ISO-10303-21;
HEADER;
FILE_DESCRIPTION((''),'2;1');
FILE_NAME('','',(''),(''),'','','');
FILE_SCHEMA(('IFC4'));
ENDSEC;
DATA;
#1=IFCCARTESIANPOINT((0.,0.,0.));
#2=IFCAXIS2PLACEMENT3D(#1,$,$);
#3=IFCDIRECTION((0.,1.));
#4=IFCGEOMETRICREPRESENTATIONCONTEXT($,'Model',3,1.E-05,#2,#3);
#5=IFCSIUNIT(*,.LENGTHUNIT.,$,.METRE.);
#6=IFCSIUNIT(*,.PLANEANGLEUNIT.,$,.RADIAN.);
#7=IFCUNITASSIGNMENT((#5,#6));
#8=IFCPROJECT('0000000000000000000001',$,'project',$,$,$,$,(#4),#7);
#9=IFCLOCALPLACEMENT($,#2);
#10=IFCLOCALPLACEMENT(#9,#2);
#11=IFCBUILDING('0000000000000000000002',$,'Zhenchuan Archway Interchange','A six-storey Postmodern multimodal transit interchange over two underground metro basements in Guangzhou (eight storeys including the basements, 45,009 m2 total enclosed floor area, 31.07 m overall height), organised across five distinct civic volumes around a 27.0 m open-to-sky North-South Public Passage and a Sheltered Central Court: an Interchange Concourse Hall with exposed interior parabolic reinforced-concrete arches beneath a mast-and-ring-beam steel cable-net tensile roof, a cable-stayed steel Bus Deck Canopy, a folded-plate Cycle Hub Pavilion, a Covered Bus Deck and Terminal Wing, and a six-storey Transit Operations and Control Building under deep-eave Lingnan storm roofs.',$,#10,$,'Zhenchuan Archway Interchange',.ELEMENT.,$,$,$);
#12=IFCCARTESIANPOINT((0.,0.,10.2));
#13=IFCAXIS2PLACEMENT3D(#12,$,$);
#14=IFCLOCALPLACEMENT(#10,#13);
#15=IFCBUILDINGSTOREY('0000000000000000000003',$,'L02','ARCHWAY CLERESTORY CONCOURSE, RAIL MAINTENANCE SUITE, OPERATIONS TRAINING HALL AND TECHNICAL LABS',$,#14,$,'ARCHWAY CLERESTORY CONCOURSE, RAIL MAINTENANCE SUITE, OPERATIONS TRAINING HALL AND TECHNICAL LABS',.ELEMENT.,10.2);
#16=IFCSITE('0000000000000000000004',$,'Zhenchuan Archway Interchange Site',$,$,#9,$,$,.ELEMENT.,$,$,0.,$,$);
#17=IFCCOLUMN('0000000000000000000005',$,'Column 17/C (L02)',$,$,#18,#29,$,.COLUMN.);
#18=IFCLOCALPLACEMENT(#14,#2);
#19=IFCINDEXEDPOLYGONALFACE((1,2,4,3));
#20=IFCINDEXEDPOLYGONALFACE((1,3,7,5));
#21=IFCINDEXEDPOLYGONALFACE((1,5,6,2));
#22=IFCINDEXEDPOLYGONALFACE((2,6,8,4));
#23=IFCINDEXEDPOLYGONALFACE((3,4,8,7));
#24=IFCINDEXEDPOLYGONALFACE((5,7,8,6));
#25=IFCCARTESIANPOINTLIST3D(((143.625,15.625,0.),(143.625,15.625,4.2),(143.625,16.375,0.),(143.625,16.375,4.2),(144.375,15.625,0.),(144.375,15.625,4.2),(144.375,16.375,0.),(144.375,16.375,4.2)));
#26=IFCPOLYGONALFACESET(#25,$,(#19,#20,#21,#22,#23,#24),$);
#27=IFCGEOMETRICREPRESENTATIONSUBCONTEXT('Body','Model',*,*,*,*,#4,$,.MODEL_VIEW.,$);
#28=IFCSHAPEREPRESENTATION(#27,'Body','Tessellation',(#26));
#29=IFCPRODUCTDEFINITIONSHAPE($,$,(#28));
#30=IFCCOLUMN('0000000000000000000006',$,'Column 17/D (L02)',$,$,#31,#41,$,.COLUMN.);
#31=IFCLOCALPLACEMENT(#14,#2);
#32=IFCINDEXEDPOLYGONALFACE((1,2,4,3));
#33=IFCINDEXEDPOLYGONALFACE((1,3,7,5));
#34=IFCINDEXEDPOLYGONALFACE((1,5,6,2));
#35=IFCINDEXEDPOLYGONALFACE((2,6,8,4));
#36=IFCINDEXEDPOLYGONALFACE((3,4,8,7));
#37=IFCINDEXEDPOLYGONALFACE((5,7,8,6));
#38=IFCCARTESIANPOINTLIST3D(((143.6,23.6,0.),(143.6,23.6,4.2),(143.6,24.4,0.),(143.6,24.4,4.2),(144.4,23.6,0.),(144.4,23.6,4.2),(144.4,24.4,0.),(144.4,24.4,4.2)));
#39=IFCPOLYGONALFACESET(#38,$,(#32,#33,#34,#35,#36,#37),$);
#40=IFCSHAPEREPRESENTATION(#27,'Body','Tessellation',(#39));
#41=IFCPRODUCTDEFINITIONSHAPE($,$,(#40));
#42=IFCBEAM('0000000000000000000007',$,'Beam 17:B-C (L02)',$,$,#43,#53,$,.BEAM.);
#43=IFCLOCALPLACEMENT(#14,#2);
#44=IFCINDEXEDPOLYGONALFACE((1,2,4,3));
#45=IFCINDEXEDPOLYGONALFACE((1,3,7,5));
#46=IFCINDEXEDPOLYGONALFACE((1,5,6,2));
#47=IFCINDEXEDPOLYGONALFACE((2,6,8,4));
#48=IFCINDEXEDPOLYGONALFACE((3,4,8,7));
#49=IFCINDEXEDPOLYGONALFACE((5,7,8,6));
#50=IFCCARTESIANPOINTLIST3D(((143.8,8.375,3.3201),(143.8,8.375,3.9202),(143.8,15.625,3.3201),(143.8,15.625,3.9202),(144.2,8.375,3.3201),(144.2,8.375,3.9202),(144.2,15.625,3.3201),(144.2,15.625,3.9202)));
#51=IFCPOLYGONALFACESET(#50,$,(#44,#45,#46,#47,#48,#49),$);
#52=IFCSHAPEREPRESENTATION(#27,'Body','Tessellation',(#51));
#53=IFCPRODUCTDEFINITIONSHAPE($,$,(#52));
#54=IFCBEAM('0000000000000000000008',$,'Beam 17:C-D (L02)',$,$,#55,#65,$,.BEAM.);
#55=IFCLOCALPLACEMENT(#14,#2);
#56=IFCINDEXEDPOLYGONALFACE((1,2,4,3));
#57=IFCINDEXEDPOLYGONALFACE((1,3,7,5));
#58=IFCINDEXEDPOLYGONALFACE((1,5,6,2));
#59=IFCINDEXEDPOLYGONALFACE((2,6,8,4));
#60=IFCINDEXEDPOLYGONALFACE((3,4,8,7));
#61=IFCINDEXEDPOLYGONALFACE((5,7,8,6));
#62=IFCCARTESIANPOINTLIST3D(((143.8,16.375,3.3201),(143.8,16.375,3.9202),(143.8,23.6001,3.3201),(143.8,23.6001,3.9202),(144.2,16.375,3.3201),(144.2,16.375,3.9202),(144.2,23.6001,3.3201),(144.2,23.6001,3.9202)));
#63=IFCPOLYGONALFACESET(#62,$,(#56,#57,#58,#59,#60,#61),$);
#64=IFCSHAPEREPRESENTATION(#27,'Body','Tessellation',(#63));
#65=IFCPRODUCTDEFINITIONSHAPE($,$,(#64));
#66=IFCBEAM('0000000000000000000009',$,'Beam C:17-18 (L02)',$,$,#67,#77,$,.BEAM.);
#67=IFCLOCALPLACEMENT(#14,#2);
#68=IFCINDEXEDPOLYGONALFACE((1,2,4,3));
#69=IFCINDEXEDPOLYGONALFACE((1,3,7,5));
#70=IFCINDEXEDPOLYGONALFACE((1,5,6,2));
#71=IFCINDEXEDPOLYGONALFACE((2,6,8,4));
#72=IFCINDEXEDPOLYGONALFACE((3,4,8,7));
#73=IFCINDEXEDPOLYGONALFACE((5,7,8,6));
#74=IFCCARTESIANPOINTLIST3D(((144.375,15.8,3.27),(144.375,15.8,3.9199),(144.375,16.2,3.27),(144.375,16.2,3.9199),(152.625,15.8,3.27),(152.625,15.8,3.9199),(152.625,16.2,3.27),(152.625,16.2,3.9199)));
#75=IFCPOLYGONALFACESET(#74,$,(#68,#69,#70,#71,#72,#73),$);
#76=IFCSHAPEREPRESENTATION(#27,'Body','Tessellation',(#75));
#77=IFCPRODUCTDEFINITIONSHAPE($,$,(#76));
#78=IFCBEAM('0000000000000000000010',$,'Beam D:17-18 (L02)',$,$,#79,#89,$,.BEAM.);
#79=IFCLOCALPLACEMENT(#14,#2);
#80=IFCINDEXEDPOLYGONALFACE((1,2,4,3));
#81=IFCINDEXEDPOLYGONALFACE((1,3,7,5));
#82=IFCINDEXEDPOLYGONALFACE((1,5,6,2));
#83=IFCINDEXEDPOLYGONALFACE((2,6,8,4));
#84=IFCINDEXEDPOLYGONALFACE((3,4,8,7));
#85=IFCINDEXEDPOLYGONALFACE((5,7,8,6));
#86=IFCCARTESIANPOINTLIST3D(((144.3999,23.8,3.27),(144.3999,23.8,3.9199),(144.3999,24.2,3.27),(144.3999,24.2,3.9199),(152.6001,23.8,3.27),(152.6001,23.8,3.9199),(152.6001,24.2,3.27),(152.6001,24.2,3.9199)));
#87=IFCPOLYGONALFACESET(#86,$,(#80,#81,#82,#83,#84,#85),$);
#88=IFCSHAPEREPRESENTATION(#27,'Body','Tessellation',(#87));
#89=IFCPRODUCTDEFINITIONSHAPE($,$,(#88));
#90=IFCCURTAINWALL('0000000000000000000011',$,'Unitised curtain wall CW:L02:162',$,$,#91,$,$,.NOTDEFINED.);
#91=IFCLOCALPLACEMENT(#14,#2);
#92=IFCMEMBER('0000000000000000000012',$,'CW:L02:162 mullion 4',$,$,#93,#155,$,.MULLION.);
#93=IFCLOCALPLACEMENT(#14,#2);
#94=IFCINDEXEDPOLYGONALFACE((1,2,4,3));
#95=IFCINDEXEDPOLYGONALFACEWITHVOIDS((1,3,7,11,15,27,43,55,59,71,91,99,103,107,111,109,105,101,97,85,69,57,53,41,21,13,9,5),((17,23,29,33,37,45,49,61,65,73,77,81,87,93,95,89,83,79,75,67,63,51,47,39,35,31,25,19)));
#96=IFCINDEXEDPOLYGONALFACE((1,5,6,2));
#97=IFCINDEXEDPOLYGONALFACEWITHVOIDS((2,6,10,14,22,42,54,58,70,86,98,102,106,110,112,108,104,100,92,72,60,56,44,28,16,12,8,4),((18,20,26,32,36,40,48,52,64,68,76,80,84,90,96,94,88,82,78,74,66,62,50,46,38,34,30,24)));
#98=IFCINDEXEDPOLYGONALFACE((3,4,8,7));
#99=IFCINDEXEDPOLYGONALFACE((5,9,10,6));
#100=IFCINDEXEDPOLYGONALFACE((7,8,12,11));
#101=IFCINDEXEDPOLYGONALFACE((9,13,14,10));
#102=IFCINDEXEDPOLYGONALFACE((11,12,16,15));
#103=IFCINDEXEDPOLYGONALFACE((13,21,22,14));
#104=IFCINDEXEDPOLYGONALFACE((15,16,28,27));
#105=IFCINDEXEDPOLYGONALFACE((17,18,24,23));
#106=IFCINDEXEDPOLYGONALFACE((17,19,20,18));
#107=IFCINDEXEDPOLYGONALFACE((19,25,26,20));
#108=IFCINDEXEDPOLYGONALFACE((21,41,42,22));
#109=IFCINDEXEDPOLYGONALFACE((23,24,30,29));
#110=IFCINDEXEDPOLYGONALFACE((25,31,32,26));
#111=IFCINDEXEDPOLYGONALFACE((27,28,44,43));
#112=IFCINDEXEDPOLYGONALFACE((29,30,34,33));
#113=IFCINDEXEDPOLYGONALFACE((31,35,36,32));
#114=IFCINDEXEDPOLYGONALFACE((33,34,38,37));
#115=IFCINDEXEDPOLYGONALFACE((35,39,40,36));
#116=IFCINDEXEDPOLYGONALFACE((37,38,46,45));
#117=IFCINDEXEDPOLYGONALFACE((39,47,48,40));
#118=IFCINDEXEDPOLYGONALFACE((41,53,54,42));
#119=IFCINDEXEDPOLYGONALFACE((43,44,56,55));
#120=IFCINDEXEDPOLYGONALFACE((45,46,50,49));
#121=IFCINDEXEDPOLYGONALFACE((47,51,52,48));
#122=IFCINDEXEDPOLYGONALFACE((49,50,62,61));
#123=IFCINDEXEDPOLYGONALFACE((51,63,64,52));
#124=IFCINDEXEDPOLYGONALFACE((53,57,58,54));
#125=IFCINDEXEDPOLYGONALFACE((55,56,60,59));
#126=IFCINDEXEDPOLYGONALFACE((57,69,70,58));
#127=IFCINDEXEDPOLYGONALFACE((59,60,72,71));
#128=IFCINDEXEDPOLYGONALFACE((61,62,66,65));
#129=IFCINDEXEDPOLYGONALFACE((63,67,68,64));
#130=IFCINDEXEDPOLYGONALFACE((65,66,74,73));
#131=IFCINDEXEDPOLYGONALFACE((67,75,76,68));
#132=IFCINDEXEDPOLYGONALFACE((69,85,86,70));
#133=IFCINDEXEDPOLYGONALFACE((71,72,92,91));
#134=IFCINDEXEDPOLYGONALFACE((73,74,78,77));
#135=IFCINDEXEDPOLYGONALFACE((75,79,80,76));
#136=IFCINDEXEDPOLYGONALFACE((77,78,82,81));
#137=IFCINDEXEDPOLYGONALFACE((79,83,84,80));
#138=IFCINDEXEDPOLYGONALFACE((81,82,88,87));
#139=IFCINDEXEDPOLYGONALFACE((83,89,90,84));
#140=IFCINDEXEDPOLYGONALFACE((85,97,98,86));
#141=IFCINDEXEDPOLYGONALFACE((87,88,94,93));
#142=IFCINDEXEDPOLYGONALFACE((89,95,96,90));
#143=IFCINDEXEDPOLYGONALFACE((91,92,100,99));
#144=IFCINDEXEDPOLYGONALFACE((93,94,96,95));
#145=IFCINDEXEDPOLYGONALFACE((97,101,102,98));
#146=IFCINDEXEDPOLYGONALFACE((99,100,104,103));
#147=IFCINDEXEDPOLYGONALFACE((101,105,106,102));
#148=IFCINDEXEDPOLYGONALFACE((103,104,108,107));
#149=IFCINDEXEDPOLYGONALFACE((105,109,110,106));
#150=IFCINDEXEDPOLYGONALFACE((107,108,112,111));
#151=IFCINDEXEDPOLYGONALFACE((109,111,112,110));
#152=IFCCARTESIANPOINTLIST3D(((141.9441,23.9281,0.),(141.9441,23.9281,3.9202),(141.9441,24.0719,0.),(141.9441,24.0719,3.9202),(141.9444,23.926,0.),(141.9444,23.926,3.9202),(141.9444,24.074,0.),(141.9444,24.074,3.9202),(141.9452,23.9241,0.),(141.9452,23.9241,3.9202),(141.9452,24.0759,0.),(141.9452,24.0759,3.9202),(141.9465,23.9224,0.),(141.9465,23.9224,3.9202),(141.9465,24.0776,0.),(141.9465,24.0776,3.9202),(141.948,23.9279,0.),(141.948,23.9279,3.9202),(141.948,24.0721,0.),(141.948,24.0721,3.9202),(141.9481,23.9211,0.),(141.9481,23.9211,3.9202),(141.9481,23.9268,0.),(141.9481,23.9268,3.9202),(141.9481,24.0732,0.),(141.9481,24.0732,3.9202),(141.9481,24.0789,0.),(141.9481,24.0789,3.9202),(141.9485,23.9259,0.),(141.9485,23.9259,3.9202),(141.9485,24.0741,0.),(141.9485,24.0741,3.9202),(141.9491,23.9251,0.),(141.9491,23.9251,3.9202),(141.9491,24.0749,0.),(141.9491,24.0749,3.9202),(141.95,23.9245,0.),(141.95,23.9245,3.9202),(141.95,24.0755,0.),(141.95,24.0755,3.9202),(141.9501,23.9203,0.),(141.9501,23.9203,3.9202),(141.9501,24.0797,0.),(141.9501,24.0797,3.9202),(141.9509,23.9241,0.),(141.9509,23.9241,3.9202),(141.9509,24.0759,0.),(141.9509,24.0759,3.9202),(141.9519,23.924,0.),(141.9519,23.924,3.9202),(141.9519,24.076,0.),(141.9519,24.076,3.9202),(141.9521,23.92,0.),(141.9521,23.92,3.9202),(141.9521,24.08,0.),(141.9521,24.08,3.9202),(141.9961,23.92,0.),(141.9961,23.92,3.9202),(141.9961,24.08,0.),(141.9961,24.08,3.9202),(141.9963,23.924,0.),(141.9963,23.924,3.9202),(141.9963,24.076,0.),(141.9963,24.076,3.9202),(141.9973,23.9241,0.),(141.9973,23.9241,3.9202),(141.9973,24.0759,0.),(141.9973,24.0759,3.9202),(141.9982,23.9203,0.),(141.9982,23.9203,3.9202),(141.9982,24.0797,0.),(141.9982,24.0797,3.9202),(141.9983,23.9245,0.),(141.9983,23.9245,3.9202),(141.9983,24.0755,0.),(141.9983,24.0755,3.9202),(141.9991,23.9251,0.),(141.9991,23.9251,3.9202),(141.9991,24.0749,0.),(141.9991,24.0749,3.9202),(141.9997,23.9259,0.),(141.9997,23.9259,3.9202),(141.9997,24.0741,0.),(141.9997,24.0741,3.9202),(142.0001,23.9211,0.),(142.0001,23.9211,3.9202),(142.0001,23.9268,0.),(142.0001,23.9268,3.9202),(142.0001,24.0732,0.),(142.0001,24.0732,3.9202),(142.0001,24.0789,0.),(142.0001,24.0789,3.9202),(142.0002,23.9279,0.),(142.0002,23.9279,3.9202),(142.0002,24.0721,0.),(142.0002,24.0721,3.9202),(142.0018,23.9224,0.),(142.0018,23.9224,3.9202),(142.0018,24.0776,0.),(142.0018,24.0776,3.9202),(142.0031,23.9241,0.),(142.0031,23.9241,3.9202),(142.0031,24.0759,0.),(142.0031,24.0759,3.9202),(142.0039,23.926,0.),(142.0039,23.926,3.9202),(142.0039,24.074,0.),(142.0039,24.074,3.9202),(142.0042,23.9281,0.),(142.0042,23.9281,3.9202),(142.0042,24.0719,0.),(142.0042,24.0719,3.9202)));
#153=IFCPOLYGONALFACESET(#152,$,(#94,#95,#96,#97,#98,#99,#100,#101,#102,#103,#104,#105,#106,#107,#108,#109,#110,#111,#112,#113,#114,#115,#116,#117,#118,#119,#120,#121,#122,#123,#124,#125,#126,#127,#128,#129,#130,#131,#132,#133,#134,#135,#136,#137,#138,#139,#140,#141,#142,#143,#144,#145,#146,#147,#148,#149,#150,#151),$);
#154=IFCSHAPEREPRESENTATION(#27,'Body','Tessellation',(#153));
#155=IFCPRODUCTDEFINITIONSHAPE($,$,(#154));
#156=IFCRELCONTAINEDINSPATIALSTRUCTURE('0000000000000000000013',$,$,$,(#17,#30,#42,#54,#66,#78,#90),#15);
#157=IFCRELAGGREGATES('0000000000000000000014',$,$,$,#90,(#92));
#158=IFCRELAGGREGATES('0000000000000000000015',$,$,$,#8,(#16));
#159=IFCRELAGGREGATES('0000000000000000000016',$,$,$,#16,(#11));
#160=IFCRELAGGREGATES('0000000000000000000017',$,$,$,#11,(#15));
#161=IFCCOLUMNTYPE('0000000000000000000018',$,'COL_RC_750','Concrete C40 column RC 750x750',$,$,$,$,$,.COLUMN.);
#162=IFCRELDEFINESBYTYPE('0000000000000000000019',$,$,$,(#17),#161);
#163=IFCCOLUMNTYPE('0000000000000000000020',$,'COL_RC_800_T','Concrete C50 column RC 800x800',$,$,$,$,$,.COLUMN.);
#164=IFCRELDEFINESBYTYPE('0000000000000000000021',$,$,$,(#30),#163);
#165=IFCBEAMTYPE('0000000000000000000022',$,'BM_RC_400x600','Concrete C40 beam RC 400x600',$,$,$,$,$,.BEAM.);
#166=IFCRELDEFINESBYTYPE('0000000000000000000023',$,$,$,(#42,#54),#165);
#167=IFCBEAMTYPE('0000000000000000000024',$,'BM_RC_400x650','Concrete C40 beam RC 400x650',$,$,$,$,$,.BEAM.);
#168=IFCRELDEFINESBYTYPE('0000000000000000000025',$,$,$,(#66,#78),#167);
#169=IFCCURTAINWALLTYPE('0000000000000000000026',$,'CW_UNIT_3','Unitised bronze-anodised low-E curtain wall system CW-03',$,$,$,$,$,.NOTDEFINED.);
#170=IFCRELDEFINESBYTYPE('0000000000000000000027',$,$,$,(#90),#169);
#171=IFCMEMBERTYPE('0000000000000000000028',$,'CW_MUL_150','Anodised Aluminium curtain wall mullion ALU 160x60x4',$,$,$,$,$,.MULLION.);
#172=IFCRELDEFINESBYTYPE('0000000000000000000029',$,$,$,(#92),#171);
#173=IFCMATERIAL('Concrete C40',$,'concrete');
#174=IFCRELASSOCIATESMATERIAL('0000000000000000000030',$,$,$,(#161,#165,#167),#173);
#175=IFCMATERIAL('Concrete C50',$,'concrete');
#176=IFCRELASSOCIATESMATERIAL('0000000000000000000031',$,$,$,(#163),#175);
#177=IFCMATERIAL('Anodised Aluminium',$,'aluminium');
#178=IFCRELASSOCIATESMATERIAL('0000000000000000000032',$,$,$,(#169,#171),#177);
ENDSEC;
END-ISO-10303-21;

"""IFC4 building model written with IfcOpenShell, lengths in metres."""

from ifc_helpers import new_model, si_unit, direction, frame, origin, origin_2d, place, context, subcontext, project, spatial, rectangle, hollow_rectangle, extrude, material, material_profile, profile_set, type_object, element, aggregate, save


model = new_model("IFC4")

# Units and contexts
model_context = context("Model", 3, precision=1e-05, world=origin(), true_north=direction((0.0, 1.0)))
body_context = subcontext(model_context, "Body", "Model", "MODEL_VIEW")
ifc_project = project(units=[si_unit("LENGTHUNIT", "METRE"), si_unit("PLANEANGLEUNIT", "RADIAN")], contexts=[model_context])

# Site, building, storey
site_placement = place(None, origin())
site = spatial("IfcSite", under=ifc_project, at=site_placement, Name="Zhenchuan Archway Interchange Site", CompositionType="ELEMENT", RefElevation=0.0)
building_placement = place(site_placement, origin())
building = spatial("IfcBuilding", under=site, at=building_placement, Name="Zhenchuan Archway Interchange", Description="A six-storey Postmodern multimodal transit interchange over two underground metro basements in Guangzhou (eight storeys including the basements, 45,009 m2 total enclosed floor area, 31.07 m overall height), organised across five distinct civic volumes around a 27.0 m open-to-sky North-South Public Passage and a Sheltered Central Court: an Interchange Concourse Hall with exposed interior parabolic reinforced-concrete arches beneath a mast-and-ring-beam steel cable-net tensile roof, a cable-stayed steel Bus Deck Canopy, a folded-plate Cycle Hub Pavilion, a Covered Bus Deck and Terminal Wing, and a six-storey Transit Operations and Control Building under deep-eave Lingnan storm roofs.", LongName="Zhenchuan Archway Interchange", CompositionType="ELEMENT")
storey_placement = place(building_placement, frame((0.0, 0.0, 10.2)))
storey = spatial("IfcBuildingStorey", under=building, at=storey_placement, Name="L02", Description="ARCHWAY CLERESTORY CONCOURSE, RAIL MAINTENANCE SUITE, OPERATIONS TRAINING HALL AND TECHNICAL LABS", LongName="ARCHWAY CLERESTORY CONCOURSE, RAIL MAINTENANCE SUITE, OPERATIONS TRAINING HALL AND TECHNICAL LABS", CompositionType="ELEMENT", Elevation=10.2)

# Columns
ifc_material_1 = material(Name="Concrete C40", Category="concrete")
ifc_material_profile_1 = material_profile(ifc_material_1, rectangle(XDim=0.75, YDim=0.75, at=origin_2d()), Name="RC 750x750")
ifc_profile_set_1 = profile_set([ifc_material_profile_1], Name="Concrete C40")
column_type_1 = type_object("IfcColumnType", Name="COL_RC_750", Description="Concrete C40 column RC 750x750", PredefinedType="COLUMN", material=ifc_profile_set_1)
column_1_placement = place(storey_placement, frame((144.0, 16.0, 0.0), z_axis=(0.0, 0.0, 1.0), x_axis=(1.0, 0.0, 0.0)))
element("IfcColumn", 1, at=column_1_placement, inside=storey, type_object=column_type_1, Name="Column 17/C (L02)", PredefinedType="COLUMN", context=body_context, shape_type="SweptSolid", body=[
    extrude(rectangle(XDim=0.75, YDim=0.75, at=origin_2d()), origin(), (0.0, 0.0, 1.0), 4.2),
])
ifc_material_2 = material(Name="Concrete C50", Category="concrete")
ifc_material_profile_2 = material_profile(ifc_material_2, rectangle(XDim=0.8, YDim=0.8, at=origin_2d()), Name="RC 800x800")
ifc_profile_set_2 = profile_set([ifc_material_profile_2], Name="Concrete C50")
column_type_2 = type_object("IfcColumnType", Name="COL_RC_800_T", Description="Concrete C50 column RC 800x800", PredefinedType="COLUMN", material=ifc_profile_set_2)
column_2_placement = place(storey_placement, frame((144.0, 24.0, 0.0), z_axis=(0.0, 0.0, 1.0), x_axis=(1.0, 0.0, 0.0)))
element("IfcColumn", 2, at=column_2_placement, inside=storey, type_object=column_type_2, Name="Column 17/D (L02)", PredefinedType="COLUMN", context=body_context, shape_type="SweptSolid", body=[
    extrude(rectangle(XDim=0.8, YDim=0.8, at=origin_2d()), origin(), (0.0, 0.0, 1.0), 4.2),
])

# Beams
ifc_material_profile_3 = material_profile(ifc_material_1, rectangle(XDim=0.3999, YDim=0.6001, at=origin_2d()), Name="RC 400x600")
ifc_profile_set_3 = profile_set([ifc_material_profile_3], Name="Concrete C40")
beam_type_1 = type_object("IfcBeamType", Name="BM_RC_400x600", Description="Concrete C40 beam RC 400x600", PredefinedType="BEAM", material=ifc_profile_set_3)
beam_1_placement = place(storey_placement, frame((144.0, 8.375, 3.6201), z_axis=(0.0, 1.0, 0.0), x_axis=(-1.0, 0.0, 0.0)))
element("IfcBeam", 3, at=beam_1_placement, inside=storey, type_object=beam_type_1, Name="Beam 17:B-C (L02)", PredefinedType="BEAM", context=body_context, shape_type="SweptSolid", body=[
    extrude(rectangle(XDim=0.3999, YDim=0.6001, at=origin_2d()), origin(), (0.0, 0.0, 1.0), 7.25),
])
beam_2_placement = place(storey_placement, frame((144.0, 16.375, 3.6201), z_axis=(0.0, 1.0, 0.0), x_axis=(-1.0, 0.0, 0.0)))
element("IfcBeam", 4, at=beam_2_placement, inside=storey, type_object=beam_type_1, Name="Beam 17:C-D (L02)", PredefinedType="BEAM", context=body_context, shape_type="SweptSolid", body=[
    extrude(rectangle(XDim=0.3999, YDim=0.6001, at=origin_2d()), origin(), (0.0, 0.0, 1.0), 7.2251),
])
ifc_material_profile_4 = material_profile(ifc_material_1, rectangle(XDim=0.3999, YDim=0.6499, at=origin_2d()), Name="RC 400x650")
ifc_profile_set_4 = profile_set([ifc_material_profile_4], Name="Concrete C40")
beam_type_2 = type_object("IfcBeamType", Name="BM_RC_400x650", Description="Concrete C40 beam RC 400x650", PredefinedType="BEAM", material=ifc_profile_set_4)
beam_3_placement = place(storey_placement, frame((144.375, 16.0, 3.595), z_axis=(1.0, 0.0, 0.0), x_axis=(0.0, 1.0, 0.0)))
element("IfcBeam", 5, at=beam_3_placement, inside=storey, type_object=beam_type_2, Name="Beam C:17-18 (L02)", PredefinedType="BEAM", context=body_context, shape_type="SweptSolid", body=[
    extrude(rectangle(XDim=0.3999, YDim=0.6499, at=origin_2d()), origin(), (0.0, 0.0, 1.0), 8.25),
])
beam_4_placement = place(storey_placement, frame((144.3999, 24.0, 3.595), z_axis=(1.0, 0.0, 0.0), x_axis=(0.0, 1.0, 0.0)))
element("IfcBeam", 6, at=beam_4_placement, inside=storey, type_object=beam_type_2, Name="Beam D:17-18 (L02)", PredefinedType="BEAM", context=body_context, shape_type="SweptSolid", body=[
    extrude(rectangle(XDim=0.3999, YDim=0.6499, at=origin_2d()), origin(), (0.0, 0.0, 1.0), 8.2002),
])

# Curtain wall, member
ifc_material_3 = material(Name="Anodised Aluminium", Category="aluminium")
curtain_wall_type = type_object("IfcCurtainWallType", Name="CW_UNIT_3", Description="Unitised bronze-anodised low-E curtain wall system CW-03", PredefinedType="NOTDEFINED", material=ifc_material_3)
curtain_wall_placement = place(storey_placement, origin())
curtain_wall = element("IfcCurtainWall", 7, at=curtain_wall_placement, inside=storey, type_object=curtain_wall_type, Name="Unitised curtain wall CW:L02:162", PredefinedType="NOTDEFINED")
ifc_material_profile_5 = material_profile(ifc_material_3, hollow_rectangle(XDim=0.0601, YDim=0.1599, WallThickness=0.0039, InnerFilletRadius=0.0039, OuterFilletRadius=0.0081, at=origin_2d()), Name="ALU 160x60x4")
ifc_profile_set_5 = profile_set([ifc_material_profile_5], Name="Anodised Aluminium")
member_type_1 = type_object("IfcMemberType", Name="CW_MUL_150", Description="Anodised Aluminium curtain wall mullion ALU 160x60x4", PredefinedType="MULLION", material=ifc_profile_set_5)
member_1_placement = place(storey_placement, frame((141.9741, 24.0, 0.0), z_axis=(0.0, 0.0, 1.0), x_axis=(1.0, 0.0, 0.0)))
member_1 = element("IfcMember", 8, at=member_1_placement, type_object=member_type_1, Name="CW:L02:162 mullion 4", PredefinedType="MULLION", context=body_context, shape_type="SweptSolid", body=[
    extrude(hollow_rectangle(XDim=0.0601, YDim=0.1599, WallThickness=0.0039, InnerFilletRadius=0.0039, OuterFilletRadius=0.0081, at=origin_2d()), origin(), (0.0, 0.0, 1.0), 3.9202),
])

aggregate(curtain_wall, [member_1])

save(model, "model.ifc")
